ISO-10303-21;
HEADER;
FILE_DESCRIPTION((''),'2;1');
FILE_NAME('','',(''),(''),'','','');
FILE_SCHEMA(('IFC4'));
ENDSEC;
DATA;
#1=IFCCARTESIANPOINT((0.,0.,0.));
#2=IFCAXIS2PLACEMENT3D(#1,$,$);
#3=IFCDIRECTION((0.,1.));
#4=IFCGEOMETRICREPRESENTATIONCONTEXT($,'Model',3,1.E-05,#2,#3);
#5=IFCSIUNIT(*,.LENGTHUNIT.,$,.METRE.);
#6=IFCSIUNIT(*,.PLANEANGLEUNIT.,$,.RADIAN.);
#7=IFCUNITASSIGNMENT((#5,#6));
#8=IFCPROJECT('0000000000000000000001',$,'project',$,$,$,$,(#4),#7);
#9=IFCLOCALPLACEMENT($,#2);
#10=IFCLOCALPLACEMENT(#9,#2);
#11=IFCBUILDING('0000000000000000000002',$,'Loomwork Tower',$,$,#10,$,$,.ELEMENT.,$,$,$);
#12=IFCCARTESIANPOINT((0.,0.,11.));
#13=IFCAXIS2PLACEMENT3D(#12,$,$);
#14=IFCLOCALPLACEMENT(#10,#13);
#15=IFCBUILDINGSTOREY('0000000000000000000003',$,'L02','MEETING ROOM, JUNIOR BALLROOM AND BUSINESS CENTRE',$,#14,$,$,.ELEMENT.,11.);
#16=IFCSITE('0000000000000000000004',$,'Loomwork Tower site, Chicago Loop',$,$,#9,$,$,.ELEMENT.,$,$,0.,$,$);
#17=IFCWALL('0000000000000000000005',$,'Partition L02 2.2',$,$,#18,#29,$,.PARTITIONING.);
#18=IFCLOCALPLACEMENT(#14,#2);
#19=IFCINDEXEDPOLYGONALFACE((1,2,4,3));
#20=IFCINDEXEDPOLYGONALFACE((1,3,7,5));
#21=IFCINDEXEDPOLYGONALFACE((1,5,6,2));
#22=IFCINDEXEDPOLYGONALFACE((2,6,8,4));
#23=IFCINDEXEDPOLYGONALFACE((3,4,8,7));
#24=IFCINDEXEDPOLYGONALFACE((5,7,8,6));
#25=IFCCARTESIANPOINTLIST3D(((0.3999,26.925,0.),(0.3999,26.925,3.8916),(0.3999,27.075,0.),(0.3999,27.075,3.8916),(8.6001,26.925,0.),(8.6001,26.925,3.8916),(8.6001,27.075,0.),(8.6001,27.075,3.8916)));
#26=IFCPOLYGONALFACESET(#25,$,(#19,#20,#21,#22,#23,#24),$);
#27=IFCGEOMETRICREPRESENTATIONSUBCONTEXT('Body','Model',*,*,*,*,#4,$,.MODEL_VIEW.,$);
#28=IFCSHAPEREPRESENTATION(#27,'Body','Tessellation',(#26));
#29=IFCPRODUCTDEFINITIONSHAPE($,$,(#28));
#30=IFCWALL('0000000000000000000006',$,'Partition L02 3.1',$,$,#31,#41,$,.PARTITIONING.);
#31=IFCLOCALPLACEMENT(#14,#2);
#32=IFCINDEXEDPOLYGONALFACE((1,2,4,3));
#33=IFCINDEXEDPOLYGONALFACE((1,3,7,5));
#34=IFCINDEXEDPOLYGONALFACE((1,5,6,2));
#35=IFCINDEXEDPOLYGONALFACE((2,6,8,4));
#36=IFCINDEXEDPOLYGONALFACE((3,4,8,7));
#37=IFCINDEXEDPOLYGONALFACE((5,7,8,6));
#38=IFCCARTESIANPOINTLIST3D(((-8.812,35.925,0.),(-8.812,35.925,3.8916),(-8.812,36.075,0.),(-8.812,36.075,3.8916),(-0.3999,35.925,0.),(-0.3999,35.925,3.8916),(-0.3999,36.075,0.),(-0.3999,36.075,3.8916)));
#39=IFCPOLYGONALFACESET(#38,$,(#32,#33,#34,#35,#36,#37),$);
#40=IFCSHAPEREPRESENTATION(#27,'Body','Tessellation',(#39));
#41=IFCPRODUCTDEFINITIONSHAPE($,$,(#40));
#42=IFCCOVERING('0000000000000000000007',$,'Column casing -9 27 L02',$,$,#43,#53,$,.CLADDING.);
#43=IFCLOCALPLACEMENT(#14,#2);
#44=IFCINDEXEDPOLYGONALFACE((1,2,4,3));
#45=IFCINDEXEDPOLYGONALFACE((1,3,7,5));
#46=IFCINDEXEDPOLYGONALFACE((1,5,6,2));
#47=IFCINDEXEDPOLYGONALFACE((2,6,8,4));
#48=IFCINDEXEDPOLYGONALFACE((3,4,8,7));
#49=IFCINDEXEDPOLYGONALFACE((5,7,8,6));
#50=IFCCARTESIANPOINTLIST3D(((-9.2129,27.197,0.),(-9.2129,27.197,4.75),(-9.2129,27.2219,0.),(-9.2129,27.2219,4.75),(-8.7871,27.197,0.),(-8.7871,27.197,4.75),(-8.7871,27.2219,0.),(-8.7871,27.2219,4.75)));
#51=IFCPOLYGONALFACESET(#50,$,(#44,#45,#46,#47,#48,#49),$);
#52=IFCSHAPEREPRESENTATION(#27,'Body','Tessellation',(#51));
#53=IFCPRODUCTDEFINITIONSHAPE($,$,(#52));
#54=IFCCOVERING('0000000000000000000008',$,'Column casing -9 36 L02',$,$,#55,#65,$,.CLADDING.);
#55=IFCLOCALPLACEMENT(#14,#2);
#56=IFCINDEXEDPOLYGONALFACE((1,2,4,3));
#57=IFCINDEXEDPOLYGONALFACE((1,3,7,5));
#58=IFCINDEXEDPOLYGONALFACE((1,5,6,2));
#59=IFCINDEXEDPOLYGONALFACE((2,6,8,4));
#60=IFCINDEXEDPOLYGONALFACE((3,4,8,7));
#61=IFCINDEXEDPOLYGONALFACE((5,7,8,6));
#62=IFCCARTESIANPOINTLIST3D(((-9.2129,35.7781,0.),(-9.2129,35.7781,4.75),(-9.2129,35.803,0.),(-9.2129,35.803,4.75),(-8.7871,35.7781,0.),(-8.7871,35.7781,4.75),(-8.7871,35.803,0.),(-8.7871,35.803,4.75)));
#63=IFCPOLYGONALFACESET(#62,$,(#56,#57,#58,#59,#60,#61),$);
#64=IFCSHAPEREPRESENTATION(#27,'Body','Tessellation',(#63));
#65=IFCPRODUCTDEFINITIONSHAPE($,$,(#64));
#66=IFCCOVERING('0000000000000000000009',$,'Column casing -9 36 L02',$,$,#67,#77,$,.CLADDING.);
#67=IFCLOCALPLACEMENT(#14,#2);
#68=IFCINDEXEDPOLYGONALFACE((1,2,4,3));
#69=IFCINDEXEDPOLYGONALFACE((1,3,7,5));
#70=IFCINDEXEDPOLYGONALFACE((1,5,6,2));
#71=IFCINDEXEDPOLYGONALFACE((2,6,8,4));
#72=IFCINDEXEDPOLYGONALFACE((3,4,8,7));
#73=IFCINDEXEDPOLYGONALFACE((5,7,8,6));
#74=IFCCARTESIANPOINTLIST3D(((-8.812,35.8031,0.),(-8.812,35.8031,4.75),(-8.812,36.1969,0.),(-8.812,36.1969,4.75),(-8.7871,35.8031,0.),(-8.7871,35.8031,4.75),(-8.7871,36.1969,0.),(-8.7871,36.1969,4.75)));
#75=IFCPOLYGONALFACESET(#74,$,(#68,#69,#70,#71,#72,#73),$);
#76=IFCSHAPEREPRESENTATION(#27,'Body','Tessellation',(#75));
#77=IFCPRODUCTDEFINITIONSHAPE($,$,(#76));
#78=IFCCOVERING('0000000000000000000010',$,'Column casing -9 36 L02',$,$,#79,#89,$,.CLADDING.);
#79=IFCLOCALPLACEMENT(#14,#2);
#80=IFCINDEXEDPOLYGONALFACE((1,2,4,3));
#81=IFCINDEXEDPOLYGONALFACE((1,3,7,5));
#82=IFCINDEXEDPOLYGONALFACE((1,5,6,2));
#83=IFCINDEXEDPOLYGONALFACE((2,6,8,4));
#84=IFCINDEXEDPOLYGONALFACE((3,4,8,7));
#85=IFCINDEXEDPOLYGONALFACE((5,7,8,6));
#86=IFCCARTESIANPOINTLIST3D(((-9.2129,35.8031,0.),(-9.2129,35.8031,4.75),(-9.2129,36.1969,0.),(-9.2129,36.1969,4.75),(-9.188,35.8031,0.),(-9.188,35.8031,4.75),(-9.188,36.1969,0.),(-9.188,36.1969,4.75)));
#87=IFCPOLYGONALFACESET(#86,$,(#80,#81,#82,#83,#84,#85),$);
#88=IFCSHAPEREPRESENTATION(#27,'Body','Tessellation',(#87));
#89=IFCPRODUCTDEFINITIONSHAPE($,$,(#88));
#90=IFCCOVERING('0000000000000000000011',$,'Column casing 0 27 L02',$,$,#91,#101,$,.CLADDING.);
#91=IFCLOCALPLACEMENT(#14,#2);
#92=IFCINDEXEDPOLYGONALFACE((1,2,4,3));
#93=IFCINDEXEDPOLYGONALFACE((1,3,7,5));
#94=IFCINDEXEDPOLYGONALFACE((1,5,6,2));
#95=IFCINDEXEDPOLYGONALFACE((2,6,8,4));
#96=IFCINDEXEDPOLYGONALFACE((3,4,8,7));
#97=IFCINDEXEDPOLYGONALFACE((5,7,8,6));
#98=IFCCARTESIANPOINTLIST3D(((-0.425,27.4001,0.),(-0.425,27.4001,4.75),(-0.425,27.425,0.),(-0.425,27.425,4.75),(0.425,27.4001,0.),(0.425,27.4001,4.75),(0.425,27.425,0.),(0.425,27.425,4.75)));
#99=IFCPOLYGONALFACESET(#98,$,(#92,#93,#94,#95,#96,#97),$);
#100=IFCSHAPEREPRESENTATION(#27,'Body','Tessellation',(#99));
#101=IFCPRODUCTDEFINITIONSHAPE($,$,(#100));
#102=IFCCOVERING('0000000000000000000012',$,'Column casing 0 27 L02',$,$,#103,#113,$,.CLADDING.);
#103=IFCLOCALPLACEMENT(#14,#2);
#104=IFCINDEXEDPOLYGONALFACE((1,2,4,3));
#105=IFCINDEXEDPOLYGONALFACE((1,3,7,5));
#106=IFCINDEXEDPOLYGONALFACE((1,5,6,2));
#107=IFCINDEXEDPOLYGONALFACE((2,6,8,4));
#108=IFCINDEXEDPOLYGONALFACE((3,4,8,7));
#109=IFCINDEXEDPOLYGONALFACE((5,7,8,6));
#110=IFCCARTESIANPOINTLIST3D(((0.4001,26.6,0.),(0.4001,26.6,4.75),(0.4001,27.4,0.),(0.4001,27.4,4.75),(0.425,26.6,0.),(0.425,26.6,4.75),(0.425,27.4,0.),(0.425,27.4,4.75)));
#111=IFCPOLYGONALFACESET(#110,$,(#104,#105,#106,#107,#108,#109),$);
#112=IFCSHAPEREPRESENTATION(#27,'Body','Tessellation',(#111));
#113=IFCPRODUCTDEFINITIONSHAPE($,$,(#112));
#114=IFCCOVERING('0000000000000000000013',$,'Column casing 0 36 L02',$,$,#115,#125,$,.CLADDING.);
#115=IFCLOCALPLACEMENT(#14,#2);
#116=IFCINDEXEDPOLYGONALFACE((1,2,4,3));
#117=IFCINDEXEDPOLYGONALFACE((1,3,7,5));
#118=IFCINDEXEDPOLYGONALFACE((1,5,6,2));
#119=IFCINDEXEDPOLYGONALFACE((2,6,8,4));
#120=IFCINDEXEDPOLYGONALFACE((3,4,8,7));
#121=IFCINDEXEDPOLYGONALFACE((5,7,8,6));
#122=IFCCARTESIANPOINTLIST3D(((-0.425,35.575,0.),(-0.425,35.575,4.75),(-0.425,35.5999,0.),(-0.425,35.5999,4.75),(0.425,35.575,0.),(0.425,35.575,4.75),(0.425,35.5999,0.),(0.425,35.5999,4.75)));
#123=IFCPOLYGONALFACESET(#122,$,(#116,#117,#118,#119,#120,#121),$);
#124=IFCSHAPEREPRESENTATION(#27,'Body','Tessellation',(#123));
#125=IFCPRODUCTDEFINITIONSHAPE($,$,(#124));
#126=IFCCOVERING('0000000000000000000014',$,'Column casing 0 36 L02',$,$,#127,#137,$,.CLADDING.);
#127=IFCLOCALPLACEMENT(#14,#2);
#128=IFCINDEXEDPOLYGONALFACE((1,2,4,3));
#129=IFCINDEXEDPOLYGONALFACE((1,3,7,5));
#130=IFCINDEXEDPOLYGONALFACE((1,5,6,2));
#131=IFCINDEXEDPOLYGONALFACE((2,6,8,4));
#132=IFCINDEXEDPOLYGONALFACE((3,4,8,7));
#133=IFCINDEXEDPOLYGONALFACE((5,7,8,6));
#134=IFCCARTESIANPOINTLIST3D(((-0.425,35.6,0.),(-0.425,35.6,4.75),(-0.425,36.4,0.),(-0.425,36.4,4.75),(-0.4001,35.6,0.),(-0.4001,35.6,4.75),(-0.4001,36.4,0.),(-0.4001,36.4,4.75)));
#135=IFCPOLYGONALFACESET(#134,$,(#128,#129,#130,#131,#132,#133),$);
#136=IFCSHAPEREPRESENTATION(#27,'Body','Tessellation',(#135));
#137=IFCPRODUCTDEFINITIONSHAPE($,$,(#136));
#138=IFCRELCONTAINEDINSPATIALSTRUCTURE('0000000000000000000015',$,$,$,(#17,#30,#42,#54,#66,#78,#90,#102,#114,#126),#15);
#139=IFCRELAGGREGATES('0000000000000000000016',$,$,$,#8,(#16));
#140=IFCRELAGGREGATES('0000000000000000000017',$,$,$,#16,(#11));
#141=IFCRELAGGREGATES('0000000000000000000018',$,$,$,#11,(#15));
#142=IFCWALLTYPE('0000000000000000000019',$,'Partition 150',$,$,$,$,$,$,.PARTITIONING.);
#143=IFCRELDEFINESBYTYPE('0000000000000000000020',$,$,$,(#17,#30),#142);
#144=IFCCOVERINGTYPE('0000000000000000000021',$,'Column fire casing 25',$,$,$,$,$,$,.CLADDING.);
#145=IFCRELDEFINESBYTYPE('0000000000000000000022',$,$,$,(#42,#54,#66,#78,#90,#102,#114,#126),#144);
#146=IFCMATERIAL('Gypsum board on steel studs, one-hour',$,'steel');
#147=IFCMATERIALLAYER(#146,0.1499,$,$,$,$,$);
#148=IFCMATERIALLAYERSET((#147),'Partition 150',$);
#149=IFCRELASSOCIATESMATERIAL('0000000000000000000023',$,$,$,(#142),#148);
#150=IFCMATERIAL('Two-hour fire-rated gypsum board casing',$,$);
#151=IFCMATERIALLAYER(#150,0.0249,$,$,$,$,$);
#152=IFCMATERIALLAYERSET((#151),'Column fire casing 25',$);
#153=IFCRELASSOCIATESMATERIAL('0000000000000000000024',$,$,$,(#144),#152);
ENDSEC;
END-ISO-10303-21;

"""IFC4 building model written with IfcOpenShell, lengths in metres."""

from ifc_helpers import new_model, si_unit, direction, frame, frame_2d, origin, origin_2d, place, context, subcontext, project, spatial, rectangle, extrude, material, layer, layer_set, type_object, element, save


model = new_model("IFC4")

# Units and contexts
model_context = context("Model", 3, precision=1e-05, world=origin(), true_north=direction((0.0, 1.0)))
body_context = subcontext(model_context, "Body", "Model", "MODEL_VIEW")
ifc_project = project(units=[si_unit("LENGTHUNIT", "METRE"), si_unit("PLANEANGLEUNIT", "RADIAN")], contexts=[model_context])

# Site, building, storey
site_placement = place(None, origin())
site = spatial("IfcSite", under=ifc_project, at=site_placement, Name="Loomwork Tower site, Chicago Loop", CompositionType="ELEMENT", RefElevation=0.0)
building_placement = place(site_placement, origin())
building = spatial("IfcBuilding", under=site, at=building_placement, Name="Loomwork Tower", CompositionType="ELEMENT")
storey_placement = place(building_placement, frame((0.0, 0.0, 11.0)))
storey = spatial("IfcBuildingStorey", under=building, at=storey_placement, Name="L02", Description="MEETING ROOM, JUNIOR BALLROOM AND BUSINESS CENTRE", CompositionType="ELEMENT", Elevation=11.0)

# Walls
ifc_material_1 = material(Name="Gypsum board on steel studs, one-hour", Category="steel")
ifc_layer_1 = layer(ifc_material_1, 0.1499)
ifc_layer_set_1 = layer_set([ifc_layer_1], Name="Partition 150")
wall_type = type_object("IfcWallType", Name="Partition 150", PredefinedType="PARTITIONING", material=ifc_layer_set_1)
wall_1_placement = place(storey_placement, frame((0.3999, 27.0, 0.0), z_axis=(0.0, 0.0, 1.0), x_axis=(1.0, 0.0, 0.0)))
element("IfcWall", 1, at=wall_1_placement, inside=storey, type_object=wall_type, Name="Partition L02 2.2", PredefinedType="PARTITIONING", context=body_context, shape_type="SweptSolid", body=[
    extrude(rectangle(XDim=8.2002, YDim=0.1499, at=frame_2d((4.1001, 0.0))), origin(), (0.0, 0.0, 1.0), 3.8916),
])
wall_2_placement = place(storey_placement, frame((-8.812, 36.0, 0.0), z_axis=(0.0, 0.0, 1.0), x_axis=(1.0, 0.0, 0.0)))
element("IfcWall", 2, at=wall_2_placement, inside=storey, type_object=wall_type, Name="Partition L02 3.1", PredefinedType="PARTITIONING", context=body_context, shape_type="SweptSolid", body=[
    extrude(rectangle(XDim=8.4121, YDim=0.1499, at=frame_2d((4.2061, 0.0))), origin(), (0.0, 0.0, 1.0), 3.8916),
])

# Coverings
ifc_material_2 = material(Name="Two-hour fire-rated gypsum board casing")
ifc_layer_2 = layer(ifc_material_2, 0.0249)
ifc_layer_set_2 = layer_set([ifc_layer_2], Name="Column fire casing 25")
covering_type = type_object("IfcCoveringType", Name="Column fire casing 25", PredefinedType="CLADDING", material=ifc_layer_set_2)
for number, where, z_axis, x_axis, name in (
    (3, (-9.0, 27.2095, 0.0), (0.0, 0.0, 1.0), (1.0, 0.0, 0.0), "Column casing -9 27 L02"),
    (4, (-9.0, 35.7905, 0.0), (0.0, 0.0, 1.0), (1.0, 0.0, 0.0), "Column casing -9 36 L02"),
):
    element("IfcCovering", number, at=place(storey_placement, frame(where, z_axis=z_axis, x_axis=x_axis)), inside=storey, type_object=covering_type, Name=name, PredefinedType="CLADDING", context=body_context, shape_type="SweptSolid", body=[
        extrude(rectangle(XDim=0.4258, YDim=0.0249, at=origin_2d()), origin(), (0.0, 0.0, 1.0), 4.75),
    ])
for number, where, z_axis, x_axis, name in (
    (5, (-8.7996, 36.0, 0.0), (0.0, 0.0, 1.0), (1.0, 0.0, 0.0), "Column casing -9 36 L02"),
    (6, (-9.2004, 36.0, 0.0), (0.0, 0.0, 1.0), (1.0, 0.0, 0.0), "Column casing -9 36 L02"),
):
    element("IfcCovering", number, at=place(storey_placement, frame(where, z_axis=z_axis, x_axis=x_axis)), inside=storey, type_object=covering_type, Name=name, PredefinedType="CLADDING", context=body_context, shape_type="SweptSolid", body=[
        extrude(rectangle(XDim=0.0249, YDim=0.3938, at=origin_2d()), origin(), (0.0, 0.0, 1.0), 4.75),
    ])
covering_1_placement = place(storey_placement, frame((0.0, 27.4126, 0.0), z_axis=(0.0, 0.0, 1.0), x_axis=(1.0, 0.0, 0.0)))
element("IfcCovering", 7, at=covering_1_placement, inside=storey, type_object=covering_type, Name="Column casing 0 27 L02", PredefinedType="CLADDING", context=body_context, shape_type="SweptSolid", body=[
    extrude(rectangle(XDim=0.8501, YDim=0.0249, at=origin_2d()), origin(), (0.0, 0.0, 1.0), 4.75),
])
covering_2_placement = place(storey_placement, frame((0.4126, 27.0, 0.0), z_axis=(0.0, 0.0, 1.0), x_axis=(1.0, 0.0, 0.0)))
element("IfcCovering", 8, at=covering_2_placement, inside=storey, type_object=covering_type, Name="Column casing 0 27 L02", PredefinedType="CLADDING", context=body_context, shape_type="SweptSolid", body=[
    extrude(rectangle(XDim=0.0249, YDim=0.8, at=origin_2d()), origin(), (0.0, 0.0, 1.0), 4.75),
])
covering_3_placement = place(storey_placement, frame((0.0, 35.5874, 0.0), z_axis=(0.0, 0.0, 1.0), x_axis=(1.0, 0.0, 0.0)))
element("IfcCovering", 9, at=covering_3_placement, inside=storey, type_object=covering_type, Name="Column casing 0 36 L02", PredefinedType="CLADDING", context=body_context, shape_type="SweptSolid", body=[
    extrude(rectangle(XDim=0.8501, YDim=0.0249, at=origin_2d()), origin(), (0.0, 0.0, 1.0), 4.75),
])
covering_4_placement = place(storey_placement, frame((-0.4126, 36.0, 0.0), z_axis=(0.0, 0.0, 1.0), x_axis=(1.0, 0.0, 0.0)))
element("IfcCovering", 10, at=covering_4_placement, inside=storey, type_object=covering_type, Name="Column casing 0 36 L02", PredefinedType="CLADDING", context=body_context, shape_type="SweptSolid", body=[
    extrude(rectangle(XDim=0.0249, YDim=0.8, at=origin_2d()), origin(), (0.0, 0.0, 1.0), 4.75),
])

save(model, "model.ifc")
